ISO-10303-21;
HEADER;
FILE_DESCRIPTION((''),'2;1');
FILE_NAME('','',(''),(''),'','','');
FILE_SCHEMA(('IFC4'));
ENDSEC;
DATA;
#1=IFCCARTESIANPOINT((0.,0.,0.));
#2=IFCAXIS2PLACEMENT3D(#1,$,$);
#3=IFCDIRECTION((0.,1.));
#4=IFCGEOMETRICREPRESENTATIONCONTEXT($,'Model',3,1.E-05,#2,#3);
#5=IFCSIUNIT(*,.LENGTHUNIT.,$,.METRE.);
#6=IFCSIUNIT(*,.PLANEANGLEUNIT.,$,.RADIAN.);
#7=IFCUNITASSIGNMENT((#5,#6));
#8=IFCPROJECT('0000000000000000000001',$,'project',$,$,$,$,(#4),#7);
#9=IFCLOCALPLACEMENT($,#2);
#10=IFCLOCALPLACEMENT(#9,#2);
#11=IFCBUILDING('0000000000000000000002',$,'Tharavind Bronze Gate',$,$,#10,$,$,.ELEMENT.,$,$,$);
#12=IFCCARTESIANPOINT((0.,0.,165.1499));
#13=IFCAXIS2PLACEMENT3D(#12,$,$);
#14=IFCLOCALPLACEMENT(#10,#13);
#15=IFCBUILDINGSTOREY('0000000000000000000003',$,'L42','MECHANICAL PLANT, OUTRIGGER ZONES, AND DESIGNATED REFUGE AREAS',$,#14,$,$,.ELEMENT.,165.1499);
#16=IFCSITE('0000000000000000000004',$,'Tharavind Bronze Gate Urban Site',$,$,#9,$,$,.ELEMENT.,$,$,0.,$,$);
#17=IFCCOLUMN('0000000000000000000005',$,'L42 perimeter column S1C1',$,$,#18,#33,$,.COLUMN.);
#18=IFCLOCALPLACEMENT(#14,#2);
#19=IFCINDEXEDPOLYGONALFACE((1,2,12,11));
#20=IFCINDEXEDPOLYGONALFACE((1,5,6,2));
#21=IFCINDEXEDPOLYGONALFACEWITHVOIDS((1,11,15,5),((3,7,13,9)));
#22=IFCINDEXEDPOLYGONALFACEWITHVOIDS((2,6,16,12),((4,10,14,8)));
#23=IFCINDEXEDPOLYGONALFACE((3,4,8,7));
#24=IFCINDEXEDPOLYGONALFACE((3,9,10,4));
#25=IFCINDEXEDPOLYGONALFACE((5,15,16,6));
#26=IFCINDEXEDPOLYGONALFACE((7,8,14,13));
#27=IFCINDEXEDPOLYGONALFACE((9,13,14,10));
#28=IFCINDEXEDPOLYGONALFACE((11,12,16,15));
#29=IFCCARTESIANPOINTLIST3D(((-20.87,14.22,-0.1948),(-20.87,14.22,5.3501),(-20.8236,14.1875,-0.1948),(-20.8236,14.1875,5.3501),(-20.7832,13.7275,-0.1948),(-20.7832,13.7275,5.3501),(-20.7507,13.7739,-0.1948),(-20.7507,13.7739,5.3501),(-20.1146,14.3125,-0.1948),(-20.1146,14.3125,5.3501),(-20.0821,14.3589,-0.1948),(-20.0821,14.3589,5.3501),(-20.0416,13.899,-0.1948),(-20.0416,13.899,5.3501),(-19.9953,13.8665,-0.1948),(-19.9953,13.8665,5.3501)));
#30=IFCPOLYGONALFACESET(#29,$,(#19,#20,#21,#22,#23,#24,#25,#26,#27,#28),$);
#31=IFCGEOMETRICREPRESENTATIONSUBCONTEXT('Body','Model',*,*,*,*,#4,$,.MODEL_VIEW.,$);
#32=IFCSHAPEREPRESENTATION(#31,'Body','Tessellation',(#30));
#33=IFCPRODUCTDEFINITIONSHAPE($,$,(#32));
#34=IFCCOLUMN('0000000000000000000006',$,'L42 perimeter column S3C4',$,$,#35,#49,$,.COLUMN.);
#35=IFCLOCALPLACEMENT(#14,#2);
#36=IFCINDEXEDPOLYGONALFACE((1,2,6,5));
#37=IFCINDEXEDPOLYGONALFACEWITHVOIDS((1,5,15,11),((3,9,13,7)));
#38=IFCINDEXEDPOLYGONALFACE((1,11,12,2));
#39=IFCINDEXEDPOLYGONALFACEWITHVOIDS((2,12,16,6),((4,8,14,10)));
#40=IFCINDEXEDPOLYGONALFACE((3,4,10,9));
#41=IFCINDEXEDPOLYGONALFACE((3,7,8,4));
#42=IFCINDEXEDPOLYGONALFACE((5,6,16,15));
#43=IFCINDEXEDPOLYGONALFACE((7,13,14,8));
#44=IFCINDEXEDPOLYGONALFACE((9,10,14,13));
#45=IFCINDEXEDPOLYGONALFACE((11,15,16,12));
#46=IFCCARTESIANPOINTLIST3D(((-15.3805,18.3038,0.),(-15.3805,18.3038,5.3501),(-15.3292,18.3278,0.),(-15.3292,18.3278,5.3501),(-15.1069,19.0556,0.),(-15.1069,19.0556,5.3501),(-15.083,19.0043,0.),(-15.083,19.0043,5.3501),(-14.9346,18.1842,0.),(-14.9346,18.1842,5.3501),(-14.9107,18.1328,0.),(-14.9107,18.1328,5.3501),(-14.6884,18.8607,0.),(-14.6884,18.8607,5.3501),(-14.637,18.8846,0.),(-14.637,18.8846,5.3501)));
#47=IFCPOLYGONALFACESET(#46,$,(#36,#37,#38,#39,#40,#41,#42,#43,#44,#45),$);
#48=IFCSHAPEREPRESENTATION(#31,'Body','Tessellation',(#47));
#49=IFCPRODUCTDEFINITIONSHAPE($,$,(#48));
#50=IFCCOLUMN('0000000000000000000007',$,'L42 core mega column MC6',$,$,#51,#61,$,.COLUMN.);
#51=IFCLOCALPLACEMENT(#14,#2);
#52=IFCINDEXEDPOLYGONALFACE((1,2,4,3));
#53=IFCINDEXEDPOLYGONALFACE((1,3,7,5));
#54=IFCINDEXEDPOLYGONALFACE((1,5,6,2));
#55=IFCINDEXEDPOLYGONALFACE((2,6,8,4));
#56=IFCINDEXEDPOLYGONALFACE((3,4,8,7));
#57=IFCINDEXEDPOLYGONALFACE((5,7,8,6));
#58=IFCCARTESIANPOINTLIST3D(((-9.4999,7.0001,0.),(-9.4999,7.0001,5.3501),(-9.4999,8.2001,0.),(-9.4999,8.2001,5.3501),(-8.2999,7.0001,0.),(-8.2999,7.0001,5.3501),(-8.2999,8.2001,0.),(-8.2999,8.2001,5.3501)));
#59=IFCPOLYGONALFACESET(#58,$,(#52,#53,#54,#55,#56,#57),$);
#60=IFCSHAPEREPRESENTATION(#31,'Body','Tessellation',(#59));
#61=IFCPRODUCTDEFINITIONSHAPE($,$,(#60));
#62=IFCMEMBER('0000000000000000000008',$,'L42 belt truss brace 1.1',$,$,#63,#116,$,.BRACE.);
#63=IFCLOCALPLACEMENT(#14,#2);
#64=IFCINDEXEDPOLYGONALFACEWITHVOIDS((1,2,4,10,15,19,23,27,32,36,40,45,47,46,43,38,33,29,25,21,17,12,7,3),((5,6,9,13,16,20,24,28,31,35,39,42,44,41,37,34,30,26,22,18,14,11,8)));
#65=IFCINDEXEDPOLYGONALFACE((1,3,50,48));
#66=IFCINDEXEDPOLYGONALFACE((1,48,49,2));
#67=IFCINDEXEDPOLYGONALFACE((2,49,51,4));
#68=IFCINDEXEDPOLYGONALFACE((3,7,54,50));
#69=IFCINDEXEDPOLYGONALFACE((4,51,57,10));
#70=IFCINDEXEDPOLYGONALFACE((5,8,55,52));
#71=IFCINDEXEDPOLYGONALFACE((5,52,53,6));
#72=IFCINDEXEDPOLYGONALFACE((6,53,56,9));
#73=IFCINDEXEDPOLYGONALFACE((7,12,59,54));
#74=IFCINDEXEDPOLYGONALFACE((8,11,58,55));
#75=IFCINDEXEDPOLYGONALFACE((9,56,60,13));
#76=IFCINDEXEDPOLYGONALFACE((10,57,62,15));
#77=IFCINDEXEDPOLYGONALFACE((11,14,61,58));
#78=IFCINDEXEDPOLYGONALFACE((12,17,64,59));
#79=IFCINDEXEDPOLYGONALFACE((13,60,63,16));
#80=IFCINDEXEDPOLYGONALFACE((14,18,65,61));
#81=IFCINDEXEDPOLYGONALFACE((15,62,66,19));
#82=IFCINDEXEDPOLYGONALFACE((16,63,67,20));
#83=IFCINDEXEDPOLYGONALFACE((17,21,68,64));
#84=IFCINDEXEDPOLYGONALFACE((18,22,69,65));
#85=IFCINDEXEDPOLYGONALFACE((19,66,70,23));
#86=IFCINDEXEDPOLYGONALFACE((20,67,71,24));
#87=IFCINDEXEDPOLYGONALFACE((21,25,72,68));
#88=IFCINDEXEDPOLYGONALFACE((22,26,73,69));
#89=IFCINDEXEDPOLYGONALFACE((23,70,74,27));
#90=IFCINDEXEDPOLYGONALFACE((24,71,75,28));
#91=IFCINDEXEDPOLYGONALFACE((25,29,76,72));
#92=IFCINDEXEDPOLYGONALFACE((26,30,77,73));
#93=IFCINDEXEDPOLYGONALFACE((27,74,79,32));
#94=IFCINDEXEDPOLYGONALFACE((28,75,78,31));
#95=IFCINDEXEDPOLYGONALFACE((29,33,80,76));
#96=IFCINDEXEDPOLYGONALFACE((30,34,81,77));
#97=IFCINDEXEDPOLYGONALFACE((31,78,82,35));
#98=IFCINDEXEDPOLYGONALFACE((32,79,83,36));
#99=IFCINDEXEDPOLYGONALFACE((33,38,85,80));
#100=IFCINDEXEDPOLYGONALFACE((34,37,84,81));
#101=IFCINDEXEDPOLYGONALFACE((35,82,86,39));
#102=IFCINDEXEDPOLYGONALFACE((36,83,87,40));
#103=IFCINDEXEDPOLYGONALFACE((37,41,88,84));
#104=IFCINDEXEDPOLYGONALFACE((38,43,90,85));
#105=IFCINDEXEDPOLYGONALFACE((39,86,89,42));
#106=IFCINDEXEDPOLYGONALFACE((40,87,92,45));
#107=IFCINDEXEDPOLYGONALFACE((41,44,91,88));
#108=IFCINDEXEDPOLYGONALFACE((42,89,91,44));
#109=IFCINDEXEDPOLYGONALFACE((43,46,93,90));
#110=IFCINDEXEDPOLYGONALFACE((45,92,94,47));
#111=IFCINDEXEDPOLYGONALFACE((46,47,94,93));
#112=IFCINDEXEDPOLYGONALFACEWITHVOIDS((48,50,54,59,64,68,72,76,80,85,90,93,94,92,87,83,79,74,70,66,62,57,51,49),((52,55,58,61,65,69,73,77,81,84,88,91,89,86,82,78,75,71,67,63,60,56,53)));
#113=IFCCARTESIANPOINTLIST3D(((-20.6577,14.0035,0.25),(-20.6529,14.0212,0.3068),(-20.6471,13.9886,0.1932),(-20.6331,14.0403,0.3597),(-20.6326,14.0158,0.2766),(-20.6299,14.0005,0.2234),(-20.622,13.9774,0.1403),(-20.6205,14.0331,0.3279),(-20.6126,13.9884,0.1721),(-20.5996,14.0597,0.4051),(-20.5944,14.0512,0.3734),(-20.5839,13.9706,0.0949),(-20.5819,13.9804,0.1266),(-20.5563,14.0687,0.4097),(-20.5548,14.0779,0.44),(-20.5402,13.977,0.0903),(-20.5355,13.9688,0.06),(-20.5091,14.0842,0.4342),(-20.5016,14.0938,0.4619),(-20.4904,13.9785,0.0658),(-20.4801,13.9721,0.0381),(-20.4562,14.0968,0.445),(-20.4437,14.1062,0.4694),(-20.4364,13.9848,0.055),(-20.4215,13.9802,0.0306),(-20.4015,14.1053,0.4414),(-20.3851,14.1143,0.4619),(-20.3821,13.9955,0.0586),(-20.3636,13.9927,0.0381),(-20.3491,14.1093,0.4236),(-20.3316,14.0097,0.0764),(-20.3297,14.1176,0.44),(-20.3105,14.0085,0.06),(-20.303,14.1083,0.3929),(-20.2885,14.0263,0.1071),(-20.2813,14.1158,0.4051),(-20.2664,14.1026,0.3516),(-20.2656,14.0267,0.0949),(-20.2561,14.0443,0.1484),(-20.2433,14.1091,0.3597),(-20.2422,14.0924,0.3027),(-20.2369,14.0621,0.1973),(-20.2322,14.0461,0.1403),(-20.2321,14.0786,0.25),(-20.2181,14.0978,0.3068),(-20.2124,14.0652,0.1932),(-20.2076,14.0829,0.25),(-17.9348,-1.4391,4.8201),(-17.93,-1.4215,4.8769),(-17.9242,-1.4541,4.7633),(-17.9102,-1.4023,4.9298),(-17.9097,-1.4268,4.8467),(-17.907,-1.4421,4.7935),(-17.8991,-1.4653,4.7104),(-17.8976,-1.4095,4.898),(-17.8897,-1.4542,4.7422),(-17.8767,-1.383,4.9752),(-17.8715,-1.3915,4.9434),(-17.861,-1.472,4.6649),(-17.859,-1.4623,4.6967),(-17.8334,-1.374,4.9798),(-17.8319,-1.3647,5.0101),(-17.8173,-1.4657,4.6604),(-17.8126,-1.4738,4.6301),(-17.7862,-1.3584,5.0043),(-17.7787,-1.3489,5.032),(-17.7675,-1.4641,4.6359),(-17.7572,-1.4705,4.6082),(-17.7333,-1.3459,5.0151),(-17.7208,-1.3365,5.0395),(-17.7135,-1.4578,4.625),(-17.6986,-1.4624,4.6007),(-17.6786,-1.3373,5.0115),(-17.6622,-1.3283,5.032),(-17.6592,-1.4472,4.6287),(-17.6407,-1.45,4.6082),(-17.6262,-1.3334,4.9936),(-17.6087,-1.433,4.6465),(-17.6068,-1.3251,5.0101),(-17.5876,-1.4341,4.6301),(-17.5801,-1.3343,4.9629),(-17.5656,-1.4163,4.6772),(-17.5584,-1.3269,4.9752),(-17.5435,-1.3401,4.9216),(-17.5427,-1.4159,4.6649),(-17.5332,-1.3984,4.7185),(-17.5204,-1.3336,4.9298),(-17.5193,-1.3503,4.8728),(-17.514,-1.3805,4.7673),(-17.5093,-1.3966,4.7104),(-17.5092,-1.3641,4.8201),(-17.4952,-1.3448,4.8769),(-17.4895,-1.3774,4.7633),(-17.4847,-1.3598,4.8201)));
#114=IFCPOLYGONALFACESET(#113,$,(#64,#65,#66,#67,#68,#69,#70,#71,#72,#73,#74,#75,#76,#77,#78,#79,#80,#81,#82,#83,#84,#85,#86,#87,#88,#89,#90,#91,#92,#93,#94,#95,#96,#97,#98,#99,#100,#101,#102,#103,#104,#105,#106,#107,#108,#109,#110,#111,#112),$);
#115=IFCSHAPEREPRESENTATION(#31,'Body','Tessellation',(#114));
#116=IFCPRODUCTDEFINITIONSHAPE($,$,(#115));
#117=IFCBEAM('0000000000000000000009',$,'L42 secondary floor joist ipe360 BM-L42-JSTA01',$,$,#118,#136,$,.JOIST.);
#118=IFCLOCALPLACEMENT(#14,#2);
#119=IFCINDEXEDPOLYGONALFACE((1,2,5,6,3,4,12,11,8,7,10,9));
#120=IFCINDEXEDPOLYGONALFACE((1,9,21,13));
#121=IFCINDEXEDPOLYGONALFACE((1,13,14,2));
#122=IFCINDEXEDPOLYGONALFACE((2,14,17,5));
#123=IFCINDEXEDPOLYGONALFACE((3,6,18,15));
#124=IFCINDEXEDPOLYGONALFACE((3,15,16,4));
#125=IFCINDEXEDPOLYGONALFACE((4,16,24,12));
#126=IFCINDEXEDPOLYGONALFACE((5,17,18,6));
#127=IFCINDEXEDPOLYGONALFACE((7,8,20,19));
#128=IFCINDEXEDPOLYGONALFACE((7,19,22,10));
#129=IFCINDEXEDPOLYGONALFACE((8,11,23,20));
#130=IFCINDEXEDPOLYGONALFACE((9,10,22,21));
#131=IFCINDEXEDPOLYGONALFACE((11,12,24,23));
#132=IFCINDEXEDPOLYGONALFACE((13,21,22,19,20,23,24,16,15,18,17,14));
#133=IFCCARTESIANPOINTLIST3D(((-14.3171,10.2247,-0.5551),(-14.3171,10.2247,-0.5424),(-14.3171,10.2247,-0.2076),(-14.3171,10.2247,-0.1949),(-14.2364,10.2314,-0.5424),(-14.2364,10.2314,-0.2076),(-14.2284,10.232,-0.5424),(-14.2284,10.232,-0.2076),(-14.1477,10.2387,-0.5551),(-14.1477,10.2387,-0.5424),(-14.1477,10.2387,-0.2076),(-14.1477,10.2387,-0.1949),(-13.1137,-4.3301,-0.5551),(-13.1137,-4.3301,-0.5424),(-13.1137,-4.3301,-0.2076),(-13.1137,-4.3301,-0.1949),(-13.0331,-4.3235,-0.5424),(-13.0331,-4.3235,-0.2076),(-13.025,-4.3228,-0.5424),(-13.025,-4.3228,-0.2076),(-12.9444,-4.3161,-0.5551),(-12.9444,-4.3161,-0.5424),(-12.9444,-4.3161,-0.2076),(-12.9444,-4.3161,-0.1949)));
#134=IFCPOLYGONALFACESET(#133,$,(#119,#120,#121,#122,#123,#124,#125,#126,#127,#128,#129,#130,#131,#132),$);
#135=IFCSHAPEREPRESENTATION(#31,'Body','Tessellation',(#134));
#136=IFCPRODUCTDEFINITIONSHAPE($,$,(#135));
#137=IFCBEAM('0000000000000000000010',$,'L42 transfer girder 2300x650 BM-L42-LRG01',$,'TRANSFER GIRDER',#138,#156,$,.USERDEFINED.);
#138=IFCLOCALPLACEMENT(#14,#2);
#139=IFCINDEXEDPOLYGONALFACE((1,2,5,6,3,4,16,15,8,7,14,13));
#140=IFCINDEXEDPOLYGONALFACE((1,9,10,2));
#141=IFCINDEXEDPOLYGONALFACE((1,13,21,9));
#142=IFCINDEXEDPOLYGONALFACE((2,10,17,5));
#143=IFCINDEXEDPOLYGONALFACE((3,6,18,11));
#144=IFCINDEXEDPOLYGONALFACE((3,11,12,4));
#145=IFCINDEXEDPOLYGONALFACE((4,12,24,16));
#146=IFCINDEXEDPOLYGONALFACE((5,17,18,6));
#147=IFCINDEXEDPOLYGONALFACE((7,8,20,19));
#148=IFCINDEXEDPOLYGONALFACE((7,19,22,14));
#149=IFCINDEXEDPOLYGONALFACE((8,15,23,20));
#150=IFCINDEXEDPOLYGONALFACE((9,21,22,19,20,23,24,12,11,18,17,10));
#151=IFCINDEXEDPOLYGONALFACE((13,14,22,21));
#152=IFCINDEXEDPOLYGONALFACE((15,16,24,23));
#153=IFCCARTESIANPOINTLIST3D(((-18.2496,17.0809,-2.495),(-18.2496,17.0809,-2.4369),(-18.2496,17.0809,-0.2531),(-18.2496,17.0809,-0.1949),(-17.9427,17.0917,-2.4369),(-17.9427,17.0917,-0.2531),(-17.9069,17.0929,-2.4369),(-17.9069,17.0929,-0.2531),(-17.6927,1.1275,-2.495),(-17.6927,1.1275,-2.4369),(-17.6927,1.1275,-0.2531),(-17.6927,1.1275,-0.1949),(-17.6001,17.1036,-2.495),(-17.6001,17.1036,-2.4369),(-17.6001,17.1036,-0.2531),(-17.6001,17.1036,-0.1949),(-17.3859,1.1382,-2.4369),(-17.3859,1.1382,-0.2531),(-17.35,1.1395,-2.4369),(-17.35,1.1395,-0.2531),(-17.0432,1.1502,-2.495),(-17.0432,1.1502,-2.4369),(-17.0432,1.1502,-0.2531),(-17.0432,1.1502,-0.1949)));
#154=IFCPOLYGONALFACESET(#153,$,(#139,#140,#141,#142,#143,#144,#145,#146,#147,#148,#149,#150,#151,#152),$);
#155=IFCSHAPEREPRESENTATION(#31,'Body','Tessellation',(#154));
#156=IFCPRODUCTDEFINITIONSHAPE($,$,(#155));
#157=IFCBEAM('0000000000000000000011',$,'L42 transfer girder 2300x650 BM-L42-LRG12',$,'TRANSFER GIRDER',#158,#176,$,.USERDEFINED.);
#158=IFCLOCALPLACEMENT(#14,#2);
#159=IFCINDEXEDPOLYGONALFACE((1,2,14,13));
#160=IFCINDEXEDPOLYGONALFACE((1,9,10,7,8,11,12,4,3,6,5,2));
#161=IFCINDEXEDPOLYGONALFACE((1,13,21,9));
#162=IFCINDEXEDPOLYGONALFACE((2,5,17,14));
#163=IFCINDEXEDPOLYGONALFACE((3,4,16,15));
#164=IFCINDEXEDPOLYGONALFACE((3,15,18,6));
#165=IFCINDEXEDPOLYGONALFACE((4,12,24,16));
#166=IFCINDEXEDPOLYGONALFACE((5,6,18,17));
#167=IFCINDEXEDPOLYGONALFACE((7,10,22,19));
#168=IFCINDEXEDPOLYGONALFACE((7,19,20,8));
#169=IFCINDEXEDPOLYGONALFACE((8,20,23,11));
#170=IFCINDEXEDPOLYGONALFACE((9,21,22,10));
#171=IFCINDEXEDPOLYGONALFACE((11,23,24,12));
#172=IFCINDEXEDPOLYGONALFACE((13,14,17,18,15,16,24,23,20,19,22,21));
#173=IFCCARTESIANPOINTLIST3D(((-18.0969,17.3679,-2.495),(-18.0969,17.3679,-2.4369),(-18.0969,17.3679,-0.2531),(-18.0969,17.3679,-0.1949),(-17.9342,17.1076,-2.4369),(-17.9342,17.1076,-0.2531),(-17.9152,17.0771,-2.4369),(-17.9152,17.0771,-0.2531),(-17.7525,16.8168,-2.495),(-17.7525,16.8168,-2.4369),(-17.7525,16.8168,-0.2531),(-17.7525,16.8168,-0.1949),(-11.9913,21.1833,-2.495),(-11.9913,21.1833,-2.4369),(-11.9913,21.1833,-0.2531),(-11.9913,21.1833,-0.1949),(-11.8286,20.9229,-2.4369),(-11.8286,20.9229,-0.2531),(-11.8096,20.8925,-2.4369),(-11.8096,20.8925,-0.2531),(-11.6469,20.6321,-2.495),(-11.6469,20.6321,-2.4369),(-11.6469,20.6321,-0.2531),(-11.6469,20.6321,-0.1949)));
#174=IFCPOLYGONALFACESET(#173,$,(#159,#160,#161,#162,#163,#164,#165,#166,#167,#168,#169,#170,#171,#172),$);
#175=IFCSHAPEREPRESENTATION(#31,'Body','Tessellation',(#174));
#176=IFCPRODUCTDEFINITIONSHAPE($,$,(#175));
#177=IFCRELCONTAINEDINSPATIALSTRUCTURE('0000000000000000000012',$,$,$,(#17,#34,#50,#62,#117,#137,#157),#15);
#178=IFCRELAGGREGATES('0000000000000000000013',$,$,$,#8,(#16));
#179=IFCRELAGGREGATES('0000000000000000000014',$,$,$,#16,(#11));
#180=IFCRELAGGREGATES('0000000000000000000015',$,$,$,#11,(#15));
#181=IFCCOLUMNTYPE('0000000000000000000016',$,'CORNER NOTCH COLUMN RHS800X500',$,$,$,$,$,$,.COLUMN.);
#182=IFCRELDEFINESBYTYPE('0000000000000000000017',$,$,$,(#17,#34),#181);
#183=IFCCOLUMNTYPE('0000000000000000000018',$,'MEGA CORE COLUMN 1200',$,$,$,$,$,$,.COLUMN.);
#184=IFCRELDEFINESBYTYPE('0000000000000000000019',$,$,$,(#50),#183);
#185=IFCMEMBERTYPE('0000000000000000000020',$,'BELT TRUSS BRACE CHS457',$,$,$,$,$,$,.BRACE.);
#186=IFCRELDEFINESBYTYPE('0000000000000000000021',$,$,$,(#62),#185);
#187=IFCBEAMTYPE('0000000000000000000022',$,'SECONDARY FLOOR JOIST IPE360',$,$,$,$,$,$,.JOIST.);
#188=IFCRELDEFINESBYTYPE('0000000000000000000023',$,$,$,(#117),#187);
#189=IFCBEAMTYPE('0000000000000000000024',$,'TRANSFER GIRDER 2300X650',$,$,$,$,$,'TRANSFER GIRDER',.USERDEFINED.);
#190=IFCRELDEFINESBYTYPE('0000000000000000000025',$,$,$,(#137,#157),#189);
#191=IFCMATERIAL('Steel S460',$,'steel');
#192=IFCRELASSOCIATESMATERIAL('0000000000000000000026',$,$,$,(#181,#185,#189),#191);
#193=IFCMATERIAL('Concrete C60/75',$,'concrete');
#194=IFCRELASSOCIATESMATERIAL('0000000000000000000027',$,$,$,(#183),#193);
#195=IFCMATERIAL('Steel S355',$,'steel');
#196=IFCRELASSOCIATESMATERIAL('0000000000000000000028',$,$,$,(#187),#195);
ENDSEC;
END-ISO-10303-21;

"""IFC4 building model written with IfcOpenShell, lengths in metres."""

from ifc_helpers import new_model, si_unit, direction, frame, origin, origin_2d, place, context, subcontext, project, spatial, rectangle, hollow_rectangle, hollow_circle, i_section, extrude, material, material_profile, profile_set, type_object, element, save


model = new_model("IFC4")

# Units and contexts
model_context = context("Model", 3, precision=1e-05, world=origin(), true_north=direction((0.0, 1.0)))
body_context = subcontext(model_context, "Body", "Model", "MODEL_VIEW")
ifc_project = project(units=[si_unit("LENGTHUNIT", "METRE"), si_unit("PLANEANGLEUNIT", "RADIAN")], contexts=[model_context])

# Site, building, storey
site_placement = place(None, origin())
site = spatial("IfcSite", under=ifc_project, at=site_placement, Name="Tharavind Bronze Gate Urban Site", CompositionType="ELEMENT", RefElevation=0.0)
building_placement = place(site_placement, origin())
building = spatial("IfcBuilding", under=site, at=building_placement, Name="Tharavind Bronze Gate", CompositionType="ELEMENT")
storey_placement = place(building_placement, frame((0.0, 0.0, 165.1499)))
storey = spatial("IfcBuildingStorey", under=building, at=storey_placement, Name="L42", Description="MECHANICAL PLANT, OUTRIGGER ZONES, AND DESIGNATED REFUGE AREAS", CompositionType="ELEMENT", Elevation=165.1499)

# Columns
ifc_material_1 = material(Name="Steel S460", Category="steel")
ifc_material_profile_1 = material_profile(ifc_material_1, hollow_rectangle(XDim=0.5, YDim=0.8, WallThickness=0.04, at=origin_2d()), Name="RHS800X500X40")
ifc_profile_set_1 = profile_set([ifc_material_profile_1], Name="Steel S460")
column_type_1 = type_object("IfcColumnType", Name="CORNER NOTCH COLUMN RHS800X500", PredefinedType="COLUMN", material=ifc_profile_set_1)
column_1_placement = place(storey_placement, frame((-20.4326, 14.0432, -0.1948), z_axis=(0.0, 0.0, 1.0), x_axis=(-0.173648, 0.984808, 0.0)))
element("IfcColumn", 1, at=column_1_placement, inside=storey, type_object=column_type_1, Name="L42 perimeter column S1C1", PredefinedType="COLUMN", context=body_context, shape_type="SweptSolid", body=[
    extrude(hollow_rectangle(XDim=0.5, YDim=0.8, WallThickness=0.04, at=origin_2d()), origin(), (0.0, 0.0, 1.0), 5.5449),
])
column_2_placement = place(storey_placement, frame((-15.0088, 18.5942, 0.0), z_axis=(0.0, 0.0, 1.0), x_axis=(-0.939692, 0.342022, 0.0)))
element("IfcColumn", 2, at=column_2_placement, inside=storey, type_object=column_type_1, Name="L42 perimeter column S3C4", PredefinedType="COLUMN", context=body_context, shape_type="SweptSolid", body=[
    extrude(hollow_rectangle(XDim=0.5, YDim=0.8, WallThickness=0.04, at=origin_2d()), origin(), (0.0, 0.0, 1.0), 5.3501),
])
ifc_material_2 = material(Name="Concrete C60/75", Category="concrete")
ifc_material_profile_2 = material_profile(ifc_material_2, rectangle(XDim=1.2, YDim=1.2, at=origin_2d()), Name="RCCOL1200")
ifc_profile_set_2 = profile_set([ifc_material_profile_2], Name="Concrete C60/75")
column_type_2 = type_object("IfcColumnType", Name="MEGA CORE COLUMN 1200", PredefinedType="COLUMN", material=ifc_profile_set_2)
column_3_placement = place(storey_placement, frame((-8.8999, 7.6001, 0.0), z_axis=(0.0, 0.0, 1.0), x_axis=(1.0, 0.0, 0.0)))
element("IfcColumn", 3, at=column_3_placement, inside=storey, type_object=column_type_2, Name="L42 core mega column MC6", PredefinedType="COLUMN", context=body_context, shape_type="SweptSolid", body=[
    extrude(rectangle(XDim=1.2, YDim=1.2, at=origin_2d()), origin(), (0.0, 0.0, 1.0), 5.3501),
])

# Member
ifc_material_profile_3 = material_profile(ifc_material_1, hollow_circle(Radius=0.2285, WallThickness=0.0249, at=origin_2d()), Name="CHS457X25")
ifc_profile_set_3 = profile_set([ifc_material_profile_3], Name="Steel S460")
member_type = type_object("IfcMemberType", Name="BELT TRUSS BRACE CHS457", PredefinedType="BRACE", material=ifc_profile_set_3)
member_placement = place(storey_placement, frame((-20.4326, 14.0432, 0.25), z_axis=(0.166709, -0.945473, 0.279802), x_axis=(0.984808, 0.173645, 0.0)))
element("IfcMember", 4, at=member_placement, inside=storey, type_object=member_type, Name="L42 belt truss brace 1.1", PredefinedType="BRACE", context=body_context, shape_type="SweptSolid", body=[
    extrude(hollow_circle(Radius=0.2285, WallThickness=0.0249, at=origin_2d()), origin(), (0.0, 0.0, 1.0), 16.3333),
])

# Beams
ifc_material_3 = material(Name="Steel S355", Category="steel")
ifc_material_profile_4 = material_profile(ifc_material_3, i_section(OverallWidth=0.1699, OverallDepth=0.3601, WebThickness=0.0081, FlangeThickness=0.0127, at=origin_2d()), Name="IPE360")
ifc_profile_set_4 = profile_set([ifc_material_profile_4], Name="Steel S355")
beam_type_1 = type_object("IfcBeamType", Name="SECONDARY FLOOR JOIST IPE360", PredefinedType="JOIST", material=ifc_profile_set_4)
beam_1_placement = place(storey_placement, frame((-14.2324, 10.2317, -0.375), z_axis=(0.082397, -0.9966, 0.0), x_axis=(0.9966, 0.082397, 0.0)))
element("IfcBeam", 5, at=beam_1_placement, inside=storey, type_object=beam_type_1, Name="L42 secondary floor joist ipe360 BM-L42-JSTA01", PredefinedType="JOIST", context=body_context, shape_type="SweptSolid", body=[
    extrude(i_section(OverallWidth=0.1699, OverallDepth=0.3601, WebThickness=0.0081, FlangeThickness=0.0127, at=origin_2d()), origin(), (0.0, 0.0, 1.0), 14.6045),
])
ifc_material_profile_5 = material_profile(ifc_material_1, i_section(OverallWidth=0.6499, OverallDepth=2.3, WebThickness=0.0359, FlangeThickness=0.0581, at=origin_2d()), Name="PG2300X650")
ifc_profile_set_5 = profile_set([ifc_material_profile_5], Name="Steel S460")
beam_type_2 = type_object("IfcBeamType", Name="TRANSFER GIRDER 2300X650", ElementType="TRANSFER GIRDER", PredefinedType="USERDEFINED", material=ifc_profile_set_5)
beam_2_placement = place(storey_placement, frame((-17.9248, 17.0923, -1.345), z_axis=(0.034886, -0.999391, 0.0), x_axis=(0.999391, 0.034886, 0.0)))
element("IfcBeam", 6, at=beam_2_placement, inside=storey, type_object=beam_type_2, Name="L42 transfer girder 2300x650 BM-L42-LRG01", ObjectType="TRANSFER GIRDER", PredefinedType="USERDEFINED", context=body_context, shape_type="SweptSolid", body=[
    extrude(i_section(OverallWidth=0.6499, OverallDepth=2.3, WebThickness=0.0359, FlangeThickness=0.0581, at=origin_2d()), origin(), (0.0, 0.0, 1.0), 15.9631),
])
beam_3_placement = place(storey_placement, frame((-11.8191, 20.9077, -1.345), z_axis=(-0.848038, -0.529935, 0.0), x_axis=(0.529935, -0.848038, 0.0)))
element("IfcBeam", 7, at=beam_3_placement, inside=storey, type_object=beam_type_2, Name="L42 transfer girder 2300x650 BM-L42-LRG12", ObjectType="TRANSFER GIRDER", PredefinedType="USERDEFINED", context=body_context, shape_type="SweptSolid", body=[
    extrude(i_section(OverallWidth=0.6499, OverallDepth=2.3, WebThickness=0.0359, FlangeThickness=0.0581, at=origin_2d()), origin(), (0.0, 0.0, 1.0), 7.1997),
])

save(model, "model.ifc")
